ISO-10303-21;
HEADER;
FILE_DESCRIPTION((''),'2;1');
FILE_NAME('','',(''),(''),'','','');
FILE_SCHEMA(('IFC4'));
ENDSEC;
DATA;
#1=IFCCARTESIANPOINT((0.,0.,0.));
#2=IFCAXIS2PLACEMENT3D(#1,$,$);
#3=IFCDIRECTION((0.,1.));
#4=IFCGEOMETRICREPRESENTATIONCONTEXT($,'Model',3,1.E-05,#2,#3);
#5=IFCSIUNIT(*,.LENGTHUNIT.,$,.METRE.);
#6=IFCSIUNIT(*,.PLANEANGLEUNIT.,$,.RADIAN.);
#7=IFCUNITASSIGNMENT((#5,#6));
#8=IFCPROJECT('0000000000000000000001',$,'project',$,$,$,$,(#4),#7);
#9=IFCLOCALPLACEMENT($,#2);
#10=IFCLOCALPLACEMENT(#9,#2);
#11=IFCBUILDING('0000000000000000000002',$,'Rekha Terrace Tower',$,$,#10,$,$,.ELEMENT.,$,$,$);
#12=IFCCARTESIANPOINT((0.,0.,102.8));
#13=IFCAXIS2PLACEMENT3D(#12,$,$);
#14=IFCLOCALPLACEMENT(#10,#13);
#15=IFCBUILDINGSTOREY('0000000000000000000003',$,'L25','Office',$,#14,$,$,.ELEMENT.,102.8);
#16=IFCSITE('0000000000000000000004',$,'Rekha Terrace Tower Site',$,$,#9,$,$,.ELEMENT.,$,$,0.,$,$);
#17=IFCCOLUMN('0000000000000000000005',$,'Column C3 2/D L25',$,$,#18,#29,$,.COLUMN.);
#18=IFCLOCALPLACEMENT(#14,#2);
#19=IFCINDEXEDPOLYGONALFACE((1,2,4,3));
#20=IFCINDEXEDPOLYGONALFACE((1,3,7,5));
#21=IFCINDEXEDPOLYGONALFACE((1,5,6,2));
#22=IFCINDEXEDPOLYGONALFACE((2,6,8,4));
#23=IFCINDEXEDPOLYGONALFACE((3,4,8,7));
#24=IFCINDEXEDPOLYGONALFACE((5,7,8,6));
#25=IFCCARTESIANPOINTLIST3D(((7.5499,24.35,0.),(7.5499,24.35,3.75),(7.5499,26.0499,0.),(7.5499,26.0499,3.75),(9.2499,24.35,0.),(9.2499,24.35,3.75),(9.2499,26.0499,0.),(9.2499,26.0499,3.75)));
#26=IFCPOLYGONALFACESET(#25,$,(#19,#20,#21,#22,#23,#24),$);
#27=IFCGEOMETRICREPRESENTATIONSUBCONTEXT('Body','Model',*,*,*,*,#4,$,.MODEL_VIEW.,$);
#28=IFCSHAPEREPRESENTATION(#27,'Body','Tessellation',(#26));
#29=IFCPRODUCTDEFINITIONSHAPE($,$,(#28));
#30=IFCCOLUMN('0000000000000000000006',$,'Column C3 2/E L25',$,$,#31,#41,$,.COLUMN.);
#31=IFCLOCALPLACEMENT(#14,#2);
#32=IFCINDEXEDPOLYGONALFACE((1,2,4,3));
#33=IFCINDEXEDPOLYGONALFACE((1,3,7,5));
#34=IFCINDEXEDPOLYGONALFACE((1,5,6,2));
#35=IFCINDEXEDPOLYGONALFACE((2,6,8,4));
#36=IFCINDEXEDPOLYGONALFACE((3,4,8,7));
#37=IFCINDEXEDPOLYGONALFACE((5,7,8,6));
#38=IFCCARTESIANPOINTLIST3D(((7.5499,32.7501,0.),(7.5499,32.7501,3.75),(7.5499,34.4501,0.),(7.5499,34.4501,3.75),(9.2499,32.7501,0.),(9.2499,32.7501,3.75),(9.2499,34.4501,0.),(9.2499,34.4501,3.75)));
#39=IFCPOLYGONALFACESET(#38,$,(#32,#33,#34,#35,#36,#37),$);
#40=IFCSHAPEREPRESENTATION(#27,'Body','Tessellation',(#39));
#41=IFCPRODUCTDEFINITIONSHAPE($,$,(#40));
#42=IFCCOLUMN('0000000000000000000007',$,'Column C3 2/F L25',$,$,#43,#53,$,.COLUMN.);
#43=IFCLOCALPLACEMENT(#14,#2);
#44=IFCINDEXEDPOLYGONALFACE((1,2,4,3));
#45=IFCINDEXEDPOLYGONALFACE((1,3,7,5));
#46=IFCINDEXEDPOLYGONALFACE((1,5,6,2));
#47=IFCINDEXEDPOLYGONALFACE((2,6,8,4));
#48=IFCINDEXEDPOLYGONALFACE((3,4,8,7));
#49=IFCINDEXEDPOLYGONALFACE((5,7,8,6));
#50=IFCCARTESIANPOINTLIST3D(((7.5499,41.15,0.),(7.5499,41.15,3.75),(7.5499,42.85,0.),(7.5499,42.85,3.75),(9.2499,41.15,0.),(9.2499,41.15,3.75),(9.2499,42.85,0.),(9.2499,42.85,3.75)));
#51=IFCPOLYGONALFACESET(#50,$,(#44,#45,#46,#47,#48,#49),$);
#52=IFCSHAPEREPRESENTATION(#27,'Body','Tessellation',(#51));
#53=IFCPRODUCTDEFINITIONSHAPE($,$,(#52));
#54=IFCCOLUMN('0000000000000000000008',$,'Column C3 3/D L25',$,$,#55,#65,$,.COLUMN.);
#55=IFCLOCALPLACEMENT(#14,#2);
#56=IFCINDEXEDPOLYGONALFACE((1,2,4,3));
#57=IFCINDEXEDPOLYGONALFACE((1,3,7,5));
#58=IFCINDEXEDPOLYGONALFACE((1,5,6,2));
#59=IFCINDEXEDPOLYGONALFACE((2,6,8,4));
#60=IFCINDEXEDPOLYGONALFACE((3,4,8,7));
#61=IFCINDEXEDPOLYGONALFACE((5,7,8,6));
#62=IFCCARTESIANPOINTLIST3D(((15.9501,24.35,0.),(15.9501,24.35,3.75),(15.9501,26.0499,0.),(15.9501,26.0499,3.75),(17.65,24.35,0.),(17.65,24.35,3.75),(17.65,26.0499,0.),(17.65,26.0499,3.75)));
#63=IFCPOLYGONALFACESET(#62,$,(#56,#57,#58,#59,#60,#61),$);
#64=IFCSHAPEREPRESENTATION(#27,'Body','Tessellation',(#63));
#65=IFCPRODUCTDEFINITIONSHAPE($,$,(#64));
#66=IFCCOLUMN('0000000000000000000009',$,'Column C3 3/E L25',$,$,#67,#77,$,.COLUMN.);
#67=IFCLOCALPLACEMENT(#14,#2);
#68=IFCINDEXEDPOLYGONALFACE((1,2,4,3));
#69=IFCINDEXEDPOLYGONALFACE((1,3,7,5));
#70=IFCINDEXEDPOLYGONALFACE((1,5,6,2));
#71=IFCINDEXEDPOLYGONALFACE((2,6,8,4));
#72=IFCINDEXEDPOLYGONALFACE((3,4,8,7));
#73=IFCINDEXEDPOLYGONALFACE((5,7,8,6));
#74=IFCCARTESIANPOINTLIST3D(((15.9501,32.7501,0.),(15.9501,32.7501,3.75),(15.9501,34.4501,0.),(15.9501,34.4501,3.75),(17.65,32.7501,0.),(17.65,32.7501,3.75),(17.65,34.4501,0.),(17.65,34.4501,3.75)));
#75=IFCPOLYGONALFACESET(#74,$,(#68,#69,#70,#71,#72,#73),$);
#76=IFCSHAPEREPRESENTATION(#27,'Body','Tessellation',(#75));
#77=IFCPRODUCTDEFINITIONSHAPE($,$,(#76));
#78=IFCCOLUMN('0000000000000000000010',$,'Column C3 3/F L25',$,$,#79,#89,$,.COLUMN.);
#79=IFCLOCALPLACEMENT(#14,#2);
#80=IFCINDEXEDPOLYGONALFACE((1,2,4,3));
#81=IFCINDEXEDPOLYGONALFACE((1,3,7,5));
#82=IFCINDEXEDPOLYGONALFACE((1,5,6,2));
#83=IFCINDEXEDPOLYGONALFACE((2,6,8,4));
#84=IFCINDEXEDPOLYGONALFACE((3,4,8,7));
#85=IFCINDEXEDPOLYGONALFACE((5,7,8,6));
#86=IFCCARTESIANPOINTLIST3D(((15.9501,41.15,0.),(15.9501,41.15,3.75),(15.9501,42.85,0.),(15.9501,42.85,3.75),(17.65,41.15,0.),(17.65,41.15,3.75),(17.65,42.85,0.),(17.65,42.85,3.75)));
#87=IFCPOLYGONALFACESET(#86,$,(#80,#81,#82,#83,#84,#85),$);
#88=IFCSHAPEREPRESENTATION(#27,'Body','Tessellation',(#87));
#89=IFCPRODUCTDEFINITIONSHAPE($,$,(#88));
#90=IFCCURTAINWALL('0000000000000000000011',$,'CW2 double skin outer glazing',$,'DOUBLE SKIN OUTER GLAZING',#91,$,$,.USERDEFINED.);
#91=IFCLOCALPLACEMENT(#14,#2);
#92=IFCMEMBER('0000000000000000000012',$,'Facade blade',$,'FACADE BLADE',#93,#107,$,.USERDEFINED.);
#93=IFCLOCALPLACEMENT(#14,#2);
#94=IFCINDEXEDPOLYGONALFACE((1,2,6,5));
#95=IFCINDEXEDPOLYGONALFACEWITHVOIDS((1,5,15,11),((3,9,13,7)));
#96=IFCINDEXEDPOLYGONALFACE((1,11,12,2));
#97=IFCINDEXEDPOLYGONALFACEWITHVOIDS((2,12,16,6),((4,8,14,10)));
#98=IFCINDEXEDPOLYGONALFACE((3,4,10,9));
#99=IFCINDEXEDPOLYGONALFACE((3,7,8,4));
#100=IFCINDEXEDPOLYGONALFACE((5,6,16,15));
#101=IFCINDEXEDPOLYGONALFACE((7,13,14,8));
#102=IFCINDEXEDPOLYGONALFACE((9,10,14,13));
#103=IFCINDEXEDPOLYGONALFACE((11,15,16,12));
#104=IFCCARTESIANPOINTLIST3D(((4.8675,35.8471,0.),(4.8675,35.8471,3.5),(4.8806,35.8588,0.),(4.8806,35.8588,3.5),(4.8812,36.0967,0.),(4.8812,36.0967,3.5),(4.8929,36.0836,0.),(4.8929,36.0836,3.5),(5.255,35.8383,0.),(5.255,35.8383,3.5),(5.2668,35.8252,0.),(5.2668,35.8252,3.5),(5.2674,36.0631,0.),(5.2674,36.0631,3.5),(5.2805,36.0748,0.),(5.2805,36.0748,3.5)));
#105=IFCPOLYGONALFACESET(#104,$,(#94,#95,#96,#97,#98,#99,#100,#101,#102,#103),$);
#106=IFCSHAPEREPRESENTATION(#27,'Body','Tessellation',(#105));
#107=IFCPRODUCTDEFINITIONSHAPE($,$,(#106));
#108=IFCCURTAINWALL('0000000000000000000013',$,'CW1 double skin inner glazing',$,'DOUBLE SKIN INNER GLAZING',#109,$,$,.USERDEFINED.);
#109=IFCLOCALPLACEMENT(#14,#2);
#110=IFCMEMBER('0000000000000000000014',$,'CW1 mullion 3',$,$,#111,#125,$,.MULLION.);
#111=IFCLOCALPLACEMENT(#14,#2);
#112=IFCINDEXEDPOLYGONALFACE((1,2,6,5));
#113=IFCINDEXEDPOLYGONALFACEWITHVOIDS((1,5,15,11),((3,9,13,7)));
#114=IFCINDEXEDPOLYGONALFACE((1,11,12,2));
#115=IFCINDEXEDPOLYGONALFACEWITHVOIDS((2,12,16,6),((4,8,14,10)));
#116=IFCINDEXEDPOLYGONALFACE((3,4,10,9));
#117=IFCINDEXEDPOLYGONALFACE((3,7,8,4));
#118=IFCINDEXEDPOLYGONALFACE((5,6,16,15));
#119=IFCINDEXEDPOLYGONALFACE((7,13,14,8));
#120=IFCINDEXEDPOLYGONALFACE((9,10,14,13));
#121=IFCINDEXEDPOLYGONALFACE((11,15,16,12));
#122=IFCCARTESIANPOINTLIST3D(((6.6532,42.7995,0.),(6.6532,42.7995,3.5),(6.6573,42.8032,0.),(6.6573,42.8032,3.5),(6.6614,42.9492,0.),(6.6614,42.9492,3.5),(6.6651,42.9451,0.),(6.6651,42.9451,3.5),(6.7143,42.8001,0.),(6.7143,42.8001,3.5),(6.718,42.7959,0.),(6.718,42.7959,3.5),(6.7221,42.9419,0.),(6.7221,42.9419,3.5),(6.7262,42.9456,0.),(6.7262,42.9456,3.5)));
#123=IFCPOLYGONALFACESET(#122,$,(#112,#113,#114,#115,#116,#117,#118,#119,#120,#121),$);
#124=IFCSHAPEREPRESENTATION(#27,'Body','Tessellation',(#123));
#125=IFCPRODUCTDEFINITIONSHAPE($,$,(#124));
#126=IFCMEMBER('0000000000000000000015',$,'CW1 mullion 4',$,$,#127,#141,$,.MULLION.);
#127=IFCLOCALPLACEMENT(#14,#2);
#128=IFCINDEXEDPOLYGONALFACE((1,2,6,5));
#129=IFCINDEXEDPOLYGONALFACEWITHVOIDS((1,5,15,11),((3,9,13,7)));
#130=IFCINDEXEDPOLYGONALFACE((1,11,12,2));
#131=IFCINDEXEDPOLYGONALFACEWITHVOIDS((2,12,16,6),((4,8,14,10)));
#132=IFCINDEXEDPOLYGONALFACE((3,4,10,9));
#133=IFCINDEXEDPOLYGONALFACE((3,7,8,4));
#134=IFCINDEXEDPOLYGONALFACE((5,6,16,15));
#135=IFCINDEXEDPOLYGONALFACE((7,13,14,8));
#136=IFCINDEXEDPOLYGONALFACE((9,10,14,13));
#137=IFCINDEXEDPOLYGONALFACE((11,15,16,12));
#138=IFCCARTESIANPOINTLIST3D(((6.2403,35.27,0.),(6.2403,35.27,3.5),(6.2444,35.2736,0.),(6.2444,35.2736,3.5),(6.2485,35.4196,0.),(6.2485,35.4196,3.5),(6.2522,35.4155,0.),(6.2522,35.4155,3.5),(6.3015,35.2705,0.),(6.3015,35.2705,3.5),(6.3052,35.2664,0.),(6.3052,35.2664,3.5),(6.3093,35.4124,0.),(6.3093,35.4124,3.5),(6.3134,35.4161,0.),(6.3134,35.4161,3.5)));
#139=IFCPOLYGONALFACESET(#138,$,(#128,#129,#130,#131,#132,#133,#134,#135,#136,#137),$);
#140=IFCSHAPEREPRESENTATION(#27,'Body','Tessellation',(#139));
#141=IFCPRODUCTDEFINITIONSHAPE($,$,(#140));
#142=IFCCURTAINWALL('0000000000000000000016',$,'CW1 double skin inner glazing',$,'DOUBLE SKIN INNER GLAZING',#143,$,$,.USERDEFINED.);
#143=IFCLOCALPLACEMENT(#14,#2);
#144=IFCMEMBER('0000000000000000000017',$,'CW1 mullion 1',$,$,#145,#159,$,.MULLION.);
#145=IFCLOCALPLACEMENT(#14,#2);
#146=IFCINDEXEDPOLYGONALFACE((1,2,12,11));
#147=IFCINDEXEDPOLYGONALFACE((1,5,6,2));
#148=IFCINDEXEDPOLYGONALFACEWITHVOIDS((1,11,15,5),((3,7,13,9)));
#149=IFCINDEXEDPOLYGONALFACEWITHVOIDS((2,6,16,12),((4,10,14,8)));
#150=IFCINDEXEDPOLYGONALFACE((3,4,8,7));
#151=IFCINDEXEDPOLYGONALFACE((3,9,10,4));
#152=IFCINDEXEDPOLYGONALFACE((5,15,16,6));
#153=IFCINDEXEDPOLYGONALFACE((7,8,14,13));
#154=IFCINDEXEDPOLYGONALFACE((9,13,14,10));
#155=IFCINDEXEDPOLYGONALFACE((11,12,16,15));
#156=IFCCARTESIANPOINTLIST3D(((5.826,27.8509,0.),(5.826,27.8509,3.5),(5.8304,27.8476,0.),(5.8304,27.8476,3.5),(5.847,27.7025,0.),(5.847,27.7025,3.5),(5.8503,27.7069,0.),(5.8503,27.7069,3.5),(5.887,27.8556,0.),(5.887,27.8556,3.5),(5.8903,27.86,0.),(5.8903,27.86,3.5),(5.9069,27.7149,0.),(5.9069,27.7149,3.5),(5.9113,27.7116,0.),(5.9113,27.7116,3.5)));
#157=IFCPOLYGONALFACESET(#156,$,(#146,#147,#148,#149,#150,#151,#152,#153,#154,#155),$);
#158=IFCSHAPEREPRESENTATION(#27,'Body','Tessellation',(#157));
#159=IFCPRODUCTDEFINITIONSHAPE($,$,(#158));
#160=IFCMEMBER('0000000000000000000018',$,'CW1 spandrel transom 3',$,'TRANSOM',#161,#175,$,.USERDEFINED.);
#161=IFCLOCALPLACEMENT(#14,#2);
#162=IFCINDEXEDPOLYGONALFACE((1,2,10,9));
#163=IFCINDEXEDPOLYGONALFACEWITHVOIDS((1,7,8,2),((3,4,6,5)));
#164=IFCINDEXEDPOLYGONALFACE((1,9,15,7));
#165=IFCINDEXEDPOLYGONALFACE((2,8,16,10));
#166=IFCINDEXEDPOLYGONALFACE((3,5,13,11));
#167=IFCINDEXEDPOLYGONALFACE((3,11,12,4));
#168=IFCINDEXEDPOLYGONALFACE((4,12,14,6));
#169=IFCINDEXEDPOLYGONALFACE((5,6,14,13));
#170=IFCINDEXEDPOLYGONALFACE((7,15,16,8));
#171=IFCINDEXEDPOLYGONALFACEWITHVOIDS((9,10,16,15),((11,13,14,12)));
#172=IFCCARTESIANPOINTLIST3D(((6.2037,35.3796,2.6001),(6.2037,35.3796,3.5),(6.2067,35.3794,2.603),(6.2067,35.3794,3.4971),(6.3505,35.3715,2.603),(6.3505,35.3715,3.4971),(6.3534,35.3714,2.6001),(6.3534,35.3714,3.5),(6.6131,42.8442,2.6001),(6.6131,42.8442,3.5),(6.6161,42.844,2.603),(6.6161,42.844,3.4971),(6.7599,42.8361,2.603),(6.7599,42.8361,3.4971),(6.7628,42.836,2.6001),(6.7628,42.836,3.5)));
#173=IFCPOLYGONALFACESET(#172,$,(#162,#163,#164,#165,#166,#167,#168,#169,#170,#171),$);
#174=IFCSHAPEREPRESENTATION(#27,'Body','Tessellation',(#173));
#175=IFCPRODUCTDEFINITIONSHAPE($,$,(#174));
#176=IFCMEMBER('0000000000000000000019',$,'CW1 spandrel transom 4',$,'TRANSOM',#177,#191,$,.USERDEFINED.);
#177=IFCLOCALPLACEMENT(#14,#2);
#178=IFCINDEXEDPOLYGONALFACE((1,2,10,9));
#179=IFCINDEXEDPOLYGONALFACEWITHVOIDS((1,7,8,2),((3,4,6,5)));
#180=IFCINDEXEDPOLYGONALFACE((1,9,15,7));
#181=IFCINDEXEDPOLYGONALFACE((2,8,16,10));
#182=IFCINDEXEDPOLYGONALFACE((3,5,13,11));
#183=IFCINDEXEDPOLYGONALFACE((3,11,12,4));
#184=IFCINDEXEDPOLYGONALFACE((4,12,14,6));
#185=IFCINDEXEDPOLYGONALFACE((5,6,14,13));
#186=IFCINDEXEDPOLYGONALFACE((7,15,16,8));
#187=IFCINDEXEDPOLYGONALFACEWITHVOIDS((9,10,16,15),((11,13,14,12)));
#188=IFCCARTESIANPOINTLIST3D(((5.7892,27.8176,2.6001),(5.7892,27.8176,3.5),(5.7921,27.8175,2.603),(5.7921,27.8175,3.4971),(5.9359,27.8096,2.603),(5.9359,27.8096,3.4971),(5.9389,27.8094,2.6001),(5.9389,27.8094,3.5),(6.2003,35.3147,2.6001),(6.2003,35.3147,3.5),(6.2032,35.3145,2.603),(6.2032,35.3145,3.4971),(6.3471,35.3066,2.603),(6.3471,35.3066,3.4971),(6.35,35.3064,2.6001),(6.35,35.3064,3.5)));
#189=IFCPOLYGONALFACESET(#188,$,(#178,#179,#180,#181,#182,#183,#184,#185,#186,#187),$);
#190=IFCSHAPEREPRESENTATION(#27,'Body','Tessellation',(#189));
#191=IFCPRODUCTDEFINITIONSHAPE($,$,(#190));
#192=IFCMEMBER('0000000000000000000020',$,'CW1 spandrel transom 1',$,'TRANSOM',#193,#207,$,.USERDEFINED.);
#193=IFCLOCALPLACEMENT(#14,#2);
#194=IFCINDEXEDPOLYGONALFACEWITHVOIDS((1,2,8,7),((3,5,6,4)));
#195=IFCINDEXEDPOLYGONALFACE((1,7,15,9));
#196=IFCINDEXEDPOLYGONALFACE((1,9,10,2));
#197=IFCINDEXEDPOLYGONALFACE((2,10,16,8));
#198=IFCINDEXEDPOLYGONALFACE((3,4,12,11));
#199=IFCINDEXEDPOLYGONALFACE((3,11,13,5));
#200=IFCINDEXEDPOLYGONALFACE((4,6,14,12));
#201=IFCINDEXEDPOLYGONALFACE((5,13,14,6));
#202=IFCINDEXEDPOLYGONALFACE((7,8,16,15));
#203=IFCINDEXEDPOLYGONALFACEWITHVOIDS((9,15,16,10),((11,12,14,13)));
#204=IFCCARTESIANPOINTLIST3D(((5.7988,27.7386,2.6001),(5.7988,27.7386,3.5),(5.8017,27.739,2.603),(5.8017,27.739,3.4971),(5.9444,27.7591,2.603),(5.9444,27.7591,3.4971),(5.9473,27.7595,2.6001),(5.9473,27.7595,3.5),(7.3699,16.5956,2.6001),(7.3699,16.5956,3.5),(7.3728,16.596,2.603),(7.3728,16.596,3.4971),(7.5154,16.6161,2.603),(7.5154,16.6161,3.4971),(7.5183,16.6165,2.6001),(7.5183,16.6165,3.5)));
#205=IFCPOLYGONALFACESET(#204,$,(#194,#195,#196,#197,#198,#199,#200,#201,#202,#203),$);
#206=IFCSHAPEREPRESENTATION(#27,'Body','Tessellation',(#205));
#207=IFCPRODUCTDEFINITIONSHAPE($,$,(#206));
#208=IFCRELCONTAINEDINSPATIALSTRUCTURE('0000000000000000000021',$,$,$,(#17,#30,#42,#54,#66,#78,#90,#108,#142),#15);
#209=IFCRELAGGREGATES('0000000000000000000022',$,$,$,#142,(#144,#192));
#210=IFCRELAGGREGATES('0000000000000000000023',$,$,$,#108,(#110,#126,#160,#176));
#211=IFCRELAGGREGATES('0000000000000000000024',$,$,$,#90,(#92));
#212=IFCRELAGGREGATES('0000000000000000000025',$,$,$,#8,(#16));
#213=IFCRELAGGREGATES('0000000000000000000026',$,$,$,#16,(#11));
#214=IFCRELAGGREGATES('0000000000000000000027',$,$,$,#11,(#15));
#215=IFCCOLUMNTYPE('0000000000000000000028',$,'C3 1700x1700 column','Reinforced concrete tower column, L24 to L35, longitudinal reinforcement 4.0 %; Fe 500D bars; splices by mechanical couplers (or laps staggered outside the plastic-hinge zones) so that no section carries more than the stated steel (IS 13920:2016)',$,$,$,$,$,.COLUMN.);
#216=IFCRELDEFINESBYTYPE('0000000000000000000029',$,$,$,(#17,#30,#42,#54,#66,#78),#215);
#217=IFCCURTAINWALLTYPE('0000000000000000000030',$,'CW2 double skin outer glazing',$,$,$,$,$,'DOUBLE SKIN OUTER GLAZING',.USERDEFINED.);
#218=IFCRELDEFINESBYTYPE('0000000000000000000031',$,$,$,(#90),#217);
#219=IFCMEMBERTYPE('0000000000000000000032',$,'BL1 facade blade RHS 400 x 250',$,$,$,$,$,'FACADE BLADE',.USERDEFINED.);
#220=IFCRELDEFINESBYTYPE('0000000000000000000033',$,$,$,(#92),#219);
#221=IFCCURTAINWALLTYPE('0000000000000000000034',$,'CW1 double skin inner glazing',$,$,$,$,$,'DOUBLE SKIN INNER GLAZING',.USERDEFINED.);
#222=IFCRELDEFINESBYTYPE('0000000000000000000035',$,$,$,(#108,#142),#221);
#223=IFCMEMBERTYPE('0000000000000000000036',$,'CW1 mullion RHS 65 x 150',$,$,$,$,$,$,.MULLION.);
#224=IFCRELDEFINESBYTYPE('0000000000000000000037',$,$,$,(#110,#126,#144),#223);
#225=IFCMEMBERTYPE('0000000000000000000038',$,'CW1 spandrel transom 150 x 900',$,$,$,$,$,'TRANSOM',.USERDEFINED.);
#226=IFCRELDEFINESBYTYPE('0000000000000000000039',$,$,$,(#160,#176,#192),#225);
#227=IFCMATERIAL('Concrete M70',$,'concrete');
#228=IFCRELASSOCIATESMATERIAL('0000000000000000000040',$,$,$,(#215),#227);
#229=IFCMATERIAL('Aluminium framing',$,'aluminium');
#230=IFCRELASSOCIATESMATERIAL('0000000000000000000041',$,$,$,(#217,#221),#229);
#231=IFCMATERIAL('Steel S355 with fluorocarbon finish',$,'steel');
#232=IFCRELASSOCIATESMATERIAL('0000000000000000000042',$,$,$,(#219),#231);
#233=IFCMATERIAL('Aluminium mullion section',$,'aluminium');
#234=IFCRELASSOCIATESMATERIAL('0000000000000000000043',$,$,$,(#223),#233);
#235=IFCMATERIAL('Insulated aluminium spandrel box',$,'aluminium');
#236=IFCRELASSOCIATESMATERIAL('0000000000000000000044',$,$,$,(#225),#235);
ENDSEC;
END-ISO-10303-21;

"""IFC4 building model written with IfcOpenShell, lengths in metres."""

from ifc_helpers import new_model, si_unit, direction, frame, origin, origin_2d, place, context, subcontext, project, spatial, rectangle, hollow_rectangle, extrude, material, material_profile, profile_set, type_object, element, aggregate, save


model = new_model("IFC4")

# Units and contexts
model_context = context("Model", 3, precision=1e-05, world=origin(), true_north=direction((0.0, 1.0)))
body_context = subcontext(model_context, "Body", "Model", "MODEL_VIEW")
ifc_project = project(units=[si_unit("LENGTHUNIT", "METRE"), si_unit("PLANEANGLEUNIT", "RADIAN")], contexts=[model_context])

# Site, building, storey
site_placement = place(None, origin())
site = spatial("IfcSite", under=ifc_project, at=site_placement, Name="Rekha Terrace Tower Site", CompositionType="ELEMENT", RefElevation=0.0)
building_placement = place(site_placement, origin())
building = spatial("IfcBuilding", under=site, at=building_placement, Name="Rekha Terrace Tower", CompositionType="ELEMENT")
storey_placement = place(building_placement, frame((0.0, 0.0, 102.8)))
storey = spatial("IfcBuildingStorey", under=building, at=storey_placement, Name="L25", Description="Office", CompositionType="ELEMENT", Elevation=102.8)

# Columns
ifc_material_1 = material(Name="Concrete M70", Category="concrete")
ifc_material_profile_1 = material_profile(ifc_material_1, rectangle(XDim=1.7, YDim=1.7, at=origin_2d()), Name="RC 1700x1700")
ifc_profile_set_1 = profile_set([ifc_material_profile_1], Name="Concrete M70")
column_type = type_object("IfcColumnType", Name="C3 1700x1700 column", Description="Reinforced concrete tower column, L24 to L35, longitudinal reinforcement 4.0 %; Fe 500D bars; splices by mechanical couplers (or laps staggered outside the plastic-hinge zones) so that no section carries more than the stated steel (IS 13920:2016)", PredefinedType="COLUMN", material=ifc_profile_set_1)
for number, where, z_axis, x_axis, name in (
    (1, (8.3999, 25.2, 0.0), (0.0, 0.0, 1.0), (1.0, 0.0, 0.0), "Column C3 2/D L25"),
    (2, (8.3999, 33.6001, 0.0), (0.0, 0.0, 1.0), (1.0, 0.0, 0.0), "Column C3 2/E L25"),
    (3, (8.3999, 42.0, 0.0), (0.0, 0.0, 1.0), (1.0, 0.0, 0.0), "Column C3 2/F L25"),
    (4, (16.8, 25.2, 0.0), (0.0, 0.0, 1.0), (1.0, 0.0, 0.0), "Column C3 3/D L25"),
    (5, (16.8, 33.6001, 0.0), (0.0, 0.0, 1.0), (1.0, 0.0, 0.0), "Column C3 3/E L25"),
    (6, (16.8, 42.0, 0.0), (0.0, 0.0, 1.0), (1.0, 0.0, 0.0), "Column C3 3/F L25"),
):
    element("IfcColumn", number, at=place(storey_placement, frame(where, z_axis=z_axis, x_axis=x_axis)), inside=storey, type_object=column_type, Name=name, PredefinedType="COLUMN", context=body_context, shape_type="SweptSolid", body=[
        extrude(rectangle(XDim=1.7, YDim=1.7, at=origin_2d()), origin(), (0.0, 0.0, 1.0), 3.75),
    ])

# Curtain wall, member
ifc_material_2 = material(Name="Aluminium framing", Category="aluminium")
curtain_wall_type_1 = type_object("IfcCurtainWallType", Name="CW2 double skin outer glazing", ElementType="DOUBLE SKIN OUTER GLAZING", PredefinedType="USERDEFINED", material=ifc_material_2)
curtain_wall_1_placement = place(storey_placement, origin())
curtain_wall_1 = element("IfcCurtainWall", 7, at=curtain_wall_1_placement, inside=storey, type_object=curtain_wall_type_1, Name="CW2 double skin outer glazing", ObjectType="DOUBLE SKIN OUTER GLAZING", PredefinedType="USERDEFINED")
ifc_material_3 = material(Name="Steel S355 with fluorocarbon finish", Category="steel")
ifc_material_profile_2 = material_profile(ifc_material_3, hollow_rectangle(XDim=0.25, YDim=0.3999, WallThickness=0.0125, at=origin_2d()), Name="RHS400x250x12.5")
ifc_profile_set_2 = profile_set([ifc_material_profile_2], Name="Steel S355 with fluorocarbon finish")
member_type_1 = type_object("IfcMemberType", Name="BL1 facade blade RHS 400 x 250", ElementType="FACADE BLADE", PredefinedType="USERDEFINED", material=ifc_profile_set_2)
member_1_placement = place(storey_placement, frame((5.074, 35.9609, 0.0), z_axis=(0.0, 0.0, 1.0), x_axis=(-0.054743, -0.9985, 0.0)))
member_1 = element("IfcMember", 8, at=member_1_placement, type_object=member_type_1, Name="Facade blade", ObjectType="FACADE BLADE", PredefinedType="USERDEFINED", context=body_context, shape_type="SweptSolid", body=[
    extrude(hollow_rectangle(XDim=0.25, YDim=0.3999, WallThickness=0.0125, at=origin_2d()), origin(), (0.0, 0.0, 1.0), 3.5),
])

# Curtain wall, members
curtain_wall_type_2 = type_object("IfcCurtainWallType", Name="CW1 double skin inner glazing", ElementType="DOUBLE SKIN INNER GLAZING", PredefinedType="USERDEFINED", material=ifc_material_2)
curtain_wall_2_placement = place(storey_placement, origin())
curtain_wall_2 = element("IfcCurtainWall", 9, at=curtain_wall_2_placement, inside=storey, type_object=curtain_wall_type_2, Name="CW1 double skin inner glazing", ObjectType="DOUBLE SKIN INNER GLAZING", PredefinedType="USERDEFINED")
ifc_material_4 = material(Name="Aluminium mullion section", Category="aluminium")
ifc_material_profile_3 = material_profile(ifc_material_4, hollow_rectangle(XDim=0.0649, YDim=0.1499, WallThickness=0.0039, at=origin_2d()), Name="AL RHS 65x150")
ifc_profile_set_3 = profile_set([ifc_material_profile_3], Name="Aluminium mullion section")
member_type_2 = type_object("IfcMemberType", Name="CW1 mullion RHS 65 x 150", PredefinedType="MULLION", material=ifc_profile_set_3)
member_2_placement = place(storey_placement, frame((6.6897, 42.8726, 0.0), z_axis=(0.0, 0.0, 1.0), x_axis=(0.998501, -0.054742, 0.0)))
member_2 = element("IfcMember", 10, at=member_2_placement, type_object=member_type_2, Name="CW1 mullion 3", PredefinedType="MULLION", context=body_context, shape_type="SweptSolid", body=[
    extrude(hollow_rectangle(XDim=0.0649, YDim=0.1499, WallThickness=0.0039, at=origin_2d()), origin(), (0.0, 0.0, 1.0), 3.5),
])
member_3_placement = place(storey_placement, frame((6.2769, 35.343, 0.0), z_axis=(0.0, 0.0, 1.0), x_axis=(0.998501, -0.054742, 0.0)))
member_3 = element("IfcMember", 11, at=member_3_placement, type_object=member_type_2, Name="CW1 mullion 4", PredefinedType="MULLION", context=body_context, shape_type="SweptSolid", body=[
    extrude(hollow_rectangle(XDim=0.0649, YDim=0.1499, WallThickness=0.0039, at=origin_2d()), origin(), (0.0, 0.0, 1.0), 3.5),
])

# Curtain wall, member
curtain_wall_3_placement = place(storey_placement, origin())
curtain_wall_3 = element("IfcCurtainWall", 12, at=curtain_wall_3_placement, inside=storey, type_object=curtain_wall_type_2, Name="CW1 double skin inner glazing", ObjectType="DOUBLE SKIN INNER GLAZING", PredefinedType="USERDEFINED")
member_4_placement = place(storey_placement, frame((5.8687, 27.7812, 0.0), z_axis=(0.0, 0.0, 1.0), x_axis=(0.990208, 0.139597, 0.0)))
member_4 = element("IfcMember", 13, at=member_4_placement, type_object=member_type_2, Name="CW1 mullion 1", PredefinedType="MULLION", context=body_context, shape_type="SweptSolid", body=[
    extrude(hollow_rectangle(XDim=0.0649, YDim=0.1499, WallThickness=0.0039, at=origin_2d()), origin(), (0.0, 0.0, 1.0), 3.5),
])

# Members
ifc_material_5 = material(Name="Insulated aluminium spandrel box", Category="aluminium")
ifc_material_profile_4 = material_profile(ifc_material_5, hollow_rectangle(XDim=0.1499, YDim=0.8999, WallThickness=0.0029, at=origin_2d()), Name="AL SPANDREL BOX 150x900")
ifc_profile_set_4 = profile_set([ifc_material_profile_4], Name="Insulated aluminium spandrel box")
member_type_3 = type_object("IfcMemberType", Name="CW1 spandrel transom 150 x 900", ElementType="TRANSOM", PredefinedType="USERDEFINED", material=ifc_profile_set_4)
member_5_placement = place(storey_placement, frame((6.688, 42.8401, 3.05), z_axis=(-0.054766, -0.998499, 0.0), x_axis=(0.998499, -0.054766, 0.0)))
member_5 = element("IfcMember", 14, at=member_5_placement, type_object=member_type_3, Name="CW1 spandrel transom 3", ObjectType="TRANSOM", PredefinedType="USERDEFINED", context=body_context, shape_type="SweptSolid", body=[
    extrude(hollow_rectangle(XDim=0.1499, YDim=0.8999, WallThickness=0.0029, at=origin_2d()), origin(), (0.0, 0.0, 1.0), 7.4758),
])
member_6_placement = place(storey_placement, frame((6.2751, 35.3105, 3.05), z_axis=(-0.054757, -0.9985, 0.0), x_axis=(0.9985, -0.054757, 0.0)))
member_6 = element("IfcMember", 15, at=member_6_placement, type_object=member_type_3, Name="CW1 spandrel transom 4", ObjectType="TRANSOM", PredefinedType="USERDEFINED", context=body_context, shape_type="SweptSolid", body=[
    extrude(hollow_rectangle(XDim=0.1499, YDim=0.8999, WallThickness=0.0029, at=origin_2d()), origin(), (0.0, 0.0, 1.0), 7.5083),
])
member_7_placement = place(storey_placement, frame((5.873, 27.749, 3.05), z_axis=(0.139608, -0.990207, 0.0), x_axis=(0.990207, 0.139608, 0.0)))
member_7 = element("IfcMember", 16, at=member_7_placement, type_object=member_type_3, Name="CW1 spandrel transom 1", ObjectType="TRANSOM", PredefinedType="USERDEFINED", context=body_context, shape_type="SweptSolid", body=[
    extrude(hollow_rectangle(XDim=0.1499, YDim=0.8999, WallThickness=0.0029, at=origin_2d()), origin(), (0.0, 0.0, 1.0), 11.2532),
])
aggregate(curtain_wall_3, [member_4, member_7])

aggregate(curtain_wall_2, [member_2, member_3, member_5, member_6])
aggregate(curtain_wall_1, [member_1])

save(model, "model.ifc")
